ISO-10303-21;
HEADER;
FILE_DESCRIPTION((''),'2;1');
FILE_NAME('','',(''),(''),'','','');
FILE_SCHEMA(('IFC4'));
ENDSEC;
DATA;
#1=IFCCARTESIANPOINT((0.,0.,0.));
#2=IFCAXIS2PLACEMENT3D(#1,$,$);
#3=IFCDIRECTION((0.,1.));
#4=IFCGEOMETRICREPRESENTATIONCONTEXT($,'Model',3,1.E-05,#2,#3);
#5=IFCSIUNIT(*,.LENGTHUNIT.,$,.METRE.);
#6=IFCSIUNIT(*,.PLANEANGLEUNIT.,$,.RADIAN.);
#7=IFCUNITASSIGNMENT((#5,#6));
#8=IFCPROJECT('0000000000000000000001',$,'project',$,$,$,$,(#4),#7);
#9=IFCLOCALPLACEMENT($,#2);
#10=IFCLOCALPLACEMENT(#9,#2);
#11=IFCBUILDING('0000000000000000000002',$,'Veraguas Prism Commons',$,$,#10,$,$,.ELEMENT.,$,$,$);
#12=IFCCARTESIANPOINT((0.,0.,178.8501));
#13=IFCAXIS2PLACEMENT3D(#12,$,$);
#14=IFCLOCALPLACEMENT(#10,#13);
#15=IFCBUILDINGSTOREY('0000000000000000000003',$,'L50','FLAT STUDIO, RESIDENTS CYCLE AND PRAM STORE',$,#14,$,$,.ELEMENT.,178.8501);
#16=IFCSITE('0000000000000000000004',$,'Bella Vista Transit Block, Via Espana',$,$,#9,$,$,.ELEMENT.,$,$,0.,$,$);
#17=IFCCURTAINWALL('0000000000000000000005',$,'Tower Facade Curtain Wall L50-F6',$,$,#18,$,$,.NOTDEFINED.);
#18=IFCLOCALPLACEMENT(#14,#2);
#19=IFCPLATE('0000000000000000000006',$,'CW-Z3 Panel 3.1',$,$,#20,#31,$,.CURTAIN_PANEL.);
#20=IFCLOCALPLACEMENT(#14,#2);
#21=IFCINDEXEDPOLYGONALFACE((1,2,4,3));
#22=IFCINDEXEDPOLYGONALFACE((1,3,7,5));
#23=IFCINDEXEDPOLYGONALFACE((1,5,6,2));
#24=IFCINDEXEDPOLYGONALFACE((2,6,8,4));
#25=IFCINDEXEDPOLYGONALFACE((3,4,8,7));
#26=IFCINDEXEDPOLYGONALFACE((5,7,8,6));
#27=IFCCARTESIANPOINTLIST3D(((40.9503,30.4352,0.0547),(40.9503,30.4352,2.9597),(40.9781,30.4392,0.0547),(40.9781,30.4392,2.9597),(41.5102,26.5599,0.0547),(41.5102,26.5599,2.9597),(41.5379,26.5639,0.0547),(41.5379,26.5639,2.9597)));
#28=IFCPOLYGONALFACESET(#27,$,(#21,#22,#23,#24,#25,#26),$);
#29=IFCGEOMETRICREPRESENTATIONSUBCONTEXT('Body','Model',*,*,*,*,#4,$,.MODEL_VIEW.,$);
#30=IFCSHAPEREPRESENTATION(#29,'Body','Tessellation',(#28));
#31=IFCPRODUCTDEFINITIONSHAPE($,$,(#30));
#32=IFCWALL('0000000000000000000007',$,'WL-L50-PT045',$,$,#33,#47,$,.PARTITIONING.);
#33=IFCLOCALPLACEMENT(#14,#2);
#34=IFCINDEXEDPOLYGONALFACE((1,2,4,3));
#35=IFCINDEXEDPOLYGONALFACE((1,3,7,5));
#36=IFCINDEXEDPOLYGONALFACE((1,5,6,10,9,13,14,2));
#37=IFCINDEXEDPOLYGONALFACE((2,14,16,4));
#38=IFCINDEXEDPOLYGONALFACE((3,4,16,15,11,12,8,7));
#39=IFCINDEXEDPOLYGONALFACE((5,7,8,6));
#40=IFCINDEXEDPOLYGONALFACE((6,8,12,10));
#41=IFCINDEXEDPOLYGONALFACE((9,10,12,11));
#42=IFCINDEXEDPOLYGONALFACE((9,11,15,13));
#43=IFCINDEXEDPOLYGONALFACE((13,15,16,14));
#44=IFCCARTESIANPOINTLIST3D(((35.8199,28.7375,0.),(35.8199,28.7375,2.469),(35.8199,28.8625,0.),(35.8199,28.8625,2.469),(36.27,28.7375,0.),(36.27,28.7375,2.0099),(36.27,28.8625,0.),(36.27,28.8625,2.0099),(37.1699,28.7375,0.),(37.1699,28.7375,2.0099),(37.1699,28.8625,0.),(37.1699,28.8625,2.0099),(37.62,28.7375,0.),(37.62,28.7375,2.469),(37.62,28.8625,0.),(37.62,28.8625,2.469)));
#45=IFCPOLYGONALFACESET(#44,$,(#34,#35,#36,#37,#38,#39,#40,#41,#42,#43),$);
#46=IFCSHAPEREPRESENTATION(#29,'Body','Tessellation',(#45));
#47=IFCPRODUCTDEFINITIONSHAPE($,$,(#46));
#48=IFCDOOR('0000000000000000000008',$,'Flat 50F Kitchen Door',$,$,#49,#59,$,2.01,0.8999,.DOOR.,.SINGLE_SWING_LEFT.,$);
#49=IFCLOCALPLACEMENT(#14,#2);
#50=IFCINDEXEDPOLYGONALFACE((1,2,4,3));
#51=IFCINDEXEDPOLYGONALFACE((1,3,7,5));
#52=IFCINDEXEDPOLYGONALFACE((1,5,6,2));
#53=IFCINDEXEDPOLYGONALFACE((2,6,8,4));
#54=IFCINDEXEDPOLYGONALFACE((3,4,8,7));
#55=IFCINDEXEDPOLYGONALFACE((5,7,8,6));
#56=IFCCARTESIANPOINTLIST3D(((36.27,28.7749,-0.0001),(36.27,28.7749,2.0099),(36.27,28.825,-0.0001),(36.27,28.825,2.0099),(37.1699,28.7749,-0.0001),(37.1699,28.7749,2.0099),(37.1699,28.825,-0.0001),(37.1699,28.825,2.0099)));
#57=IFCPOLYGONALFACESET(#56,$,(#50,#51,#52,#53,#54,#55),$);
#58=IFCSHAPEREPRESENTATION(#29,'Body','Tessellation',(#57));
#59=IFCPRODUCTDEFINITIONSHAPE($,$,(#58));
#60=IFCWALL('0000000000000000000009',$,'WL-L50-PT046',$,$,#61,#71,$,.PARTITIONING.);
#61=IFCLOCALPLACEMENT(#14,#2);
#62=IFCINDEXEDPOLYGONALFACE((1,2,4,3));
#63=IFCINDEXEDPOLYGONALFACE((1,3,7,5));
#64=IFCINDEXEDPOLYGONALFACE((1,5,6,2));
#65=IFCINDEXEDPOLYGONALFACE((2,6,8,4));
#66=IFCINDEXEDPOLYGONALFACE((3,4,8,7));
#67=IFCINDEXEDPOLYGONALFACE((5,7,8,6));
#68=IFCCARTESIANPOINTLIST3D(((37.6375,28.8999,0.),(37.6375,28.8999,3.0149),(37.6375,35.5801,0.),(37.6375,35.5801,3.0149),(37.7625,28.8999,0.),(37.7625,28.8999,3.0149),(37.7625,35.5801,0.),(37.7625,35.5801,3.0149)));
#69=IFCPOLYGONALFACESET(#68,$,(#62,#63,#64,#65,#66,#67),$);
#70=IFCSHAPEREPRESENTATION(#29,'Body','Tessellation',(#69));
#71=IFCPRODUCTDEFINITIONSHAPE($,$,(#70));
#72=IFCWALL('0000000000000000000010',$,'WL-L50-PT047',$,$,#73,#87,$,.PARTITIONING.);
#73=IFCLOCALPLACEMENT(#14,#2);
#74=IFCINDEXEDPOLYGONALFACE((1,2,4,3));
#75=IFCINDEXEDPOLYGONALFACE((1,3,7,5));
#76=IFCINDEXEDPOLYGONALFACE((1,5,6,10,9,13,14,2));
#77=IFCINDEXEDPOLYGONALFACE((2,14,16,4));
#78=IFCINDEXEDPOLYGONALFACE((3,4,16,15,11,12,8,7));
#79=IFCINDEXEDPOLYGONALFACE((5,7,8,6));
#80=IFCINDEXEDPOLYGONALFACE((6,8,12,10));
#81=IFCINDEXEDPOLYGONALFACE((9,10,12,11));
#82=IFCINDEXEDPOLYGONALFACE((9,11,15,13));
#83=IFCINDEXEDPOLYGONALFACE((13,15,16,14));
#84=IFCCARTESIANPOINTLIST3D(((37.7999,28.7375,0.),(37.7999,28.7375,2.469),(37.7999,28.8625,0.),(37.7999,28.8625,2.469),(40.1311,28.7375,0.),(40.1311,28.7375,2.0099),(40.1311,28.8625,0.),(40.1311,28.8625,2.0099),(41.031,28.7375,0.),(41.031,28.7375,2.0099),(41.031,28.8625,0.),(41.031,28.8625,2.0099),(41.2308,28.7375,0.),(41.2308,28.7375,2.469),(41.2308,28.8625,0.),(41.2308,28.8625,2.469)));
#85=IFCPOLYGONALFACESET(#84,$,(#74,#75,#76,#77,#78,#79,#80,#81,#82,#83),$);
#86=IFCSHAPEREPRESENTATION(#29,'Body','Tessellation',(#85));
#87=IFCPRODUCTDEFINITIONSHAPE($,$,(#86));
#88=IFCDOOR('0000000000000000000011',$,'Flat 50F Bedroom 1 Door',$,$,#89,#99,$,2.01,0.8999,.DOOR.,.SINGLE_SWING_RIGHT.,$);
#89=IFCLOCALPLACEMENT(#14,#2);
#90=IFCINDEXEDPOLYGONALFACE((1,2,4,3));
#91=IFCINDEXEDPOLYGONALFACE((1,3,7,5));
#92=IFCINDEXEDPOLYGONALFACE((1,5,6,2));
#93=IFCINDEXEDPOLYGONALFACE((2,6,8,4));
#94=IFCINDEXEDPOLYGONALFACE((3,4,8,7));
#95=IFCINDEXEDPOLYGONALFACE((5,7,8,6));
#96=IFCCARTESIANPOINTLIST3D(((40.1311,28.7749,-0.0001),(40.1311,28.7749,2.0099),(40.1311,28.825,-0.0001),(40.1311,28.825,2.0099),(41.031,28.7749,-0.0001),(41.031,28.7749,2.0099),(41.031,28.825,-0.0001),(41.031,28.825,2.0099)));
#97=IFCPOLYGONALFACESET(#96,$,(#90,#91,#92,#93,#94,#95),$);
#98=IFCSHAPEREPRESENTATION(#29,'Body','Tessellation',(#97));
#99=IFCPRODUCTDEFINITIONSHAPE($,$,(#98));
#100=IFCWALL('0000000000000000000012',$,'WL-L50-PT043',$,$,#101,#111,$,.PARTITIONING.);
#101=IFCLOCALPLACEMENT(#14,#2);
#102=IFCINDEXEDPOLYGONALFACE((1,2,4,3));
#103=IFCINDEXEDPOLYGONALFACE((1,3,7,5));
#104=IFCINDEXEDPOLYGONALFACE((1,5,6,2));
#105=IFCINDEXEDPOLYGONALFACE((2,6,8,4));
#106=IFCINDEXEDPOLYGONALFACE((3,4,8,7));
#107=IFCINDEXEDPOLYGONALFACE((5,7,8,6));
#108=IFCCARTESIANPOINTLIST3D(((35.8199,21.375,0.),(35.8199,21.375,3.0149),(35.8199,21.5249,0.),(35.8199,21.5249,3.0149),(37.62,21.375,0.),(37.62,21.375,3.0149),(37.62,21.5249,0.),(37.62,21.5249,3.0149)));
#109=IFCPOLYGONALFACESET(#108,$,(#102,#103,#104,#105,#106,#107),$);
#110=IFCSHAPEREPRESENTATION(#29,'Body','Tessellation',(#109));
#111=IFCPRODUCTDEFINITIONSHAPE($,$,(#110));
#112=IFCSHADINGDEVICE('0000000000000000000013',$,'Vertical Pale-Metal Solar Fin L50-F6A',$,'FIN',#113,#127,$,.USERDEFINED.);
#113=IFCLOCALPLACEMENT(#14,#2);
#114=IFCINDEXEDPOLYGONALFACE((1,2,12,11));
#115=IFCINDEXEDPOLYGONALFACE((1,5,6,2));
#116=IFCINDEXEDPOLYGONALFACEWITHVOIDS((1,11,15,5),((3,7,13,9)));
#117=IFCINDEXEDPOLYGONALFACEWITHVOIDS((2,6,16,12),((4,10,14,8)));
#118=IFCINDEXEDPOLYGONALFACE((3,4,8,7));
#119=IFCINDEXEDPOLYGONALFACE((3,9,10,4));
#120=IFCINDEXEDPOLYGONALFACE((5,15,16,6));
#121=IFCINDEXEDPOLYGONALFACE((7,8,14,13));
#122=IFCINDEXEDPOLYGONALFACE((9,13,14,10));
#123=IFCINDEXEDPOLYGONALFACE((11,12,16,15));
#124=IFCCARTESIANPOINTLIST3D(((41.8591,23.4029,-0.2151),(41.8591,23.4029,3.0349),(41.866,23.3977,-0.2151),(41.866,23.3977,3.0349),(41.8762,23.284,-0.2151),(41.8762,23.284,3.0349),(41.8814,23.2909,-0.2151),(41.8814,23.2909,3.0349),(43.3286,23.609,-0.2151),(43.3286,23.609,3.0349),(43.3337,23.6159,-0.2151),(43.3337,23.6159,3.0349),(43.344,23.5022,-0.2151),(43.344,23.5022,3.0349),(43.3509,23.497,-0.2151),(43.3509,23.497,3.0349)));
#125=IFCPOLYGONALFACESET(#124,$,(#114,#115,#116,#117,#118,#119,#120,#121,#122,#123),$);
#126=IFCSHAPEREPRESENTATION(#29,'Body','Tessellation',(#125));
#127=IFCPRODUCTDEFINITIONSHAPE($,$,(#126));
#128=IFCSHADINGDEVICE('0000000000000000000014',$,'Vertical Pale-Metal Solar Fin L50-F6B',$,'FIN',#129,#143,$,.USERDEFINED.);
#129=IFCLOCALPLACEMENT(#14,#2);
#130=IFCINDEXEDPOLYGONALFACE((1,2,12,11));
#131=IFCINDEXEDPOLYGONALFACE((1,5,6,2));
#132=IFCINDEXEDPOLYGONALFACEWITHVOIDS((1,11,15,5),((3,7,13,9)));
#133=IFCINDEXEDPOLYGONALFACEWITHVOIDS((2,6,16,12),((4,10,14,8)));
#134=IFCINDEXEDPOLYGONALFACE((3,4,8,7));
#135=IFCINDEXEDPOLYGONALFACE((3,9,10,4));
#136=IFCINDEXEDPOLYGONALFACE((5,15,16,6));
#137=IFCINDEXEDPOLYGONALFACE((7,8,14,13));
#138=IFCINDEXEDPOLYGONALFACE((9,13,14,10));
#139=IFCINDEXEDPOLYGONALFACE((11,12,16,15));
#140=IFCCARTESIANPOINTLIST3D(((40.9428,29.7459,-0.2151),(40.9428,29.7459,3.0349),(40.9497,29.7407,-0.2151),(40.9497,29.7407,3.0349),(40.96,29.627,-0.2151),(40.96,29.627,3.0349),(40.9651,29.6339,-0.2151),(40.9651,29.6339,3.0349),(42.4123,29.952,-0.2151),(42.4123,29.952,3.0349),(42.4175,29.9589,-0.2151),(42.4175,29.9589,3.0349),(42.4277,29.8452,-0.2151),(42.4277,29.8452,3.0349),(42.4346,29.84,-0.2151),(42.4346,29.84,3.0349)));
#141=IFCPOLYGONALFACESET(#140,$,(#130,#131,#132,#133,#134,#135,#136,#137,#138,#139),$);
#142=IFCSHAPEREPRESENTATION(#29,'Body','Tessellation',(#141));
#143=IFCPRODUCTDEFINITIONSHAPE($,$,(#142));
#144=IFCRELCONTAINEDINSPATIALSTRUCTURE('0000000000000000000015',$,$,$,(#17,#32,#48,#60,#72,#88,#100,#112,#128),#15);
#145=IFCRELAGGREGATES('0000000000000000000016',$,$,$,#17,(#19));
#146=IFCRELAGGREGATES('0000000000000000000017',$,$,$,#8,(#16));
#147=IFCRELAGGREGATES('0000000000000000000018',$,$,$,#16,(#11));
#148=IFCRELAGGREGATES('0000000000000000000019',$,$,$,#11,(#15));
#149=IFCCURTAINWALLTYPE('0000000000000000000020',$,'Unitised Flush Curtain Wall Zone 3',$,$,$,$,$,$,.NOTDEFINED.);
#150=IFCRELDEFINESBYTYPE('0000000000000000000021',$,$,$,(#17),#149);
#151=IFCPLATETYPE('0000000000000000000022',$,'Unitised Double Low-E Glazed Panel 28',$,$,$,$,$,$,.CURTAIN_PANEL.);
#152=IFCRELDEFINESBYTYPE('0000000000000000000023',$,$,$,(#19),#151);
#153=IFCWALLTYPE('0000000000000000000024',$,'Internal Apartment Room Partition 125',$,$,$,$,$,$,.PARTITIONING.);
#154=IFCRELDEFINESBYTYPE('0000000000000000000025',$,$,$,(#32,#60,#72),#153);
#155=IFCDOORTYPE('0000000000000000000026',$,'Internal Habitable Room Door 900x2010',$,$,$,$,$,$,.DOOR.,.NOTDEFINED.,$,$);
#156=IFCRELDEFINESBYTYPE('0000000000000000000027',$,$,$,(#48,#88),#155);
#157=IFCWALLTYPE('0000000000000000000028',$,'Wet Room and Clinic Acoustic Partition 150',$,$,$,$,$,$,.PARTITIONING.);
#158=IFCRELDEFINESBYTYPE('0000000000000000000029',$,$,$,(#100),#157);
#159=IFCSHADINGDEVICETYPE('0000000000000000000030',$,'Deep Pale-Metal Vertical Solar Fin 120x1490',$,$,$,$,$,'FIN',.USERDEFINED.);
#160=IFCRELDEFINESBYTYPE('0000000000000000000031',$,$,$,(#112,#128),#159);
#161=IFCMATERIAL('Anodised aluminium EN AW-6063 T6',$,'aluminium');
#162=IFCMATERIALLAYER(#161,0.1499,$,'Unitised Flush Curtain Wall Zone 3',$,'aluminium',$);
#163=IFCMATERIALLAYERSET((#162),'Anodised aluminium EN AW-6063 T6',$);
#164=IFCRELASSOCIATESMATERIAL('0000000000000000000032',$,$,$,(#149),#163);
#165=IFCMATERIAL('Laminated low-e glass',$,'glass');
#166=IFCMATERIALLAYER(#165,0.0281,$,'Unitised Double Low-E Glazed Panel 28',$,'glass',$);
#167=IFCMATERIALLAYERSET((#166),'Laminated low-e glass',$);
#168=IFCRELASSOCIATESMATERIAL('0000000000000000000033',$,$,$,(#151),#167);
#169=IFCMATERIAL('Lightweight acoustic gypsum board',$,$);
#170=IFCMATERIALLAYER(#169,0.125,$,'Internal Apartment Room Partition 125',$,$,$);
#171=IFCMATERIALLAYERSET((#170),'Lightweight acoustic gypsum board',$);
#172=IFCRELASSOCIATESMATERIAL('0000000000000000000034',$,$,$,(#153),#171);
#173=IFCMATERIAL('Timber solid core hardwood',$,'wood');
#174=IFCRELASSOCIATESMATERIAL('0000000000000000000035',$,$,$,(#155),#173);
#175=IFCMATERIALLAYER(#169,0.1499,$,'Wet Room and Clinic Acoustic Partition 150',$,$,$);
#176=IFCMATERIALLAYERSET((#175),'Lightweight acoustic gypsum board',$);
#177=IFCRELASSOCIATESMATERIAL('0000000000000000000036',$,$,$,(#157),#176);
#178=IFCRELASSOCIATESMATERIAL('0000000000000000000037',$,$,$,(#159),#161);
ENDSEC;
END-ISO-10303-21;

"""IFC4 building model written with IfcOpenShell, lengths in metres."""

from ifc_helpers import new_model, si_unit, direction, frame, frame_2d, origin, origin_2d, place, context, subcontext, project, spatial, rectangle, hollow_rectangle, extrude, source, transform, mapped, material, layer, layer_set, material_profile, profile_set, type_object, element, fill, aggregate, save


model = new_model("IFC4")

# Units and contexts
model_context = context("Model", 3, precision=1e-05, world=origin(), true_north=direction((0.0, 1.0)))
body_context = subcontext(model_context, "Body", "Model", "MODEL_VIEW")
ifc_project = project(units=[si_unit("LENGTHUNIT", "METRE"), si_unit("PLANEANGLEUNIT", "RADIAN")], contexts=[model_context])

# Site, building, storey
site_placement = place(None, origin())
site = spatial("IfcSite", under=ifc_project, at=site_placement, Name="Bella Vista Transit Block, Via Espana", CompositionType="ELEMENT", RefElevation=0.0)
building_placement = place(site_placement, origin())
building = spatial("IfcBuilding", under=site, at=building_placement, Name="Veraguas Prism Commons", CompositionType="ELEMENT")
storey_placement = place(building_placement, frame((0.0, 0.0, 178.8501)))
storey = spatial("IfcBuildingStorey", under=building, at=storey_placement, Name="L50", Description="FLAT STUDIO, RESIDENTS CYCLE AND PRAM STORE", CompositionType="ELEMENT", Elevation=178.8501)

# Curtain wall, plate
ifc_material_1 = material(Name="Anodised aluminium EN AW-6063 T6", Category="aluminium")
ifc_layer_1 = layer(ifc_material_1, 0.1499, Name="Unitised Flush Curtain Wall Zone 3", Category="aluminium")
ifc_layer_set_1 = layer_set([ifc_layer_1], Name="Anodised aluminium EN AW-6063 T6")
curtain_wall_type = type_object("IfcCurtainWallType", Name="Unitised Flush Curtain Wall Zone 3", PredefinedType="NOTDEFINED", material=ifc_layer_set_1)
curtain_wall_placement = place(storey_placement, origin())
curtain_wall = element("IfcCurtainWall", 1, at=curtain_wall_placement, inside=storey, type_object=curtain_wall_type, Name="Tower Facade Curtain Wall L50-F6", PredefinedType="NOTDEFINED")
ifc_material_2 = material(Name="Laminated low-e glass", Category="glass")
ifc_layer_2 = layer(ifc_material_2, 0.0281, Name="Unitised Double Low-E Glazed Panel 28", Category="glass")
ifc_layer_set_2 = layer_set([ifc_layer_2], Name="Laminated low-e glass")
plate_type = type_object("IfcPlateType", Name="Unitised Double Low-E Glazed Panel 28", PredefinedType="CURTAIN_PANEL", material=ifc_layer_set_2)
shared_shape_1 = source(origin(), body_context, "Body", "SweptSolid", [
    extrude(rectangle(XDim=3.9155, YDim=0.0281, at=origin_2d()), origin(), (0.0, 0.0, 1.0), 2.905),
])
plate_1_placement = place(storey_placement, frame((41.2441, 28.4995, 0.0547), z_axis=(0.0, 0.0, 1.0), x_axis=(-0.142973, 0.989727, 0.0)))
plate_1 = element("IfcPlate", 2, at=plate_1_placement, type_object=plate_type, Name="CW-Z3 Panel 3.1", PredefinedType="CURTAIN_PANEL", context=body_context, shape_type="MappedRepresentation", body=[
    mapped(shared_shape_1, transform((0.0, 0.0, 0.0), scale=1.0)),
])
aggregate(curtain_wall, [plate_1])

# Wall, opening, door
ifc_material_3 = material(Name="Lightweight acoustic gypsum board")
ifc_layer_3 = layer(ifc_material_3, 0.125, Name="Internal Apartment Room Partition 125")
ifc_layer_set_3 = layer_set([ifc_layer_3], Name="Lightweight acoustic gypsum board")
wall_type_1 = type_object("IfcWallType", Name="Internal Apartment Room Partition 125", PredefinedType="PARTITIONING", material=ifc_layer_set_3)
wall_1_placement = place(storey_placement, frame((35.8201, 28.8, 0.0), z_axis=(0.0, 0.0, 1.0), x_axis=(1.0, 0.0, 0.0)))
wall_1 = element("IfcWall", 3, at=wall_1_placement, inside=storey, type_object=wall_type_1, Name="WL-L50-PT045", PredefinedType="PARTITIONING", context=body_context, shape_type="SweptSolid", body=[
    extrude(rectangle(XDim=1.8, YDim=0.125, at=frame_2d((0.8999, 0.0))), origin(), (0.0, 0.0, 1.0), 2.469),
])
opening_1_placement = place(wall_1_placement, frame((0.45, 0.0, 0.0)))
opening_1 = element("IfcOpeningElement", 4, at=opening_1_placement, cuts=wall_1, PredefinedType="OPENING", context=body_context, shape_type="SweptSolid", body=[
    extrude(rectangle(XDim=0.8999, YDim=2.01, at=frame_2d((0.45, 1.0049))), frame((0.0, 0.0725, 0.0), z_axis=(0.0, -1.0, 0.0), x_axis=(1.0, 0.0, 0.0)), (0.0, 0.0, 1.0), 0.145),
])
ifc_material_4 = material(Name="Timber solid core hardwood", Category="wood")
door_type = type_object("IfcDoorType", Name="Internal Habitable Room Door 900x2010", OperationType="NOTDEFINED", PredefinedType="DOOR", material=ifc_material_4)
shared_shape_2 = source(origin(), body_context, "Body", "SweptSolid", [
    extrude(rectangle(XDim=0.8999, YDim=2.01, at=frame_2d((0.45, 1.0049))), frame((0.0, 0.0249, 0.0), z_axis=(0.0, -1.0, 0.0), x_axis=(1.0, 0.0, 0.0)), (0.0, 0.0, 1.0), 0.05),
])
door_1_placement = place(opening_1_placement, origin())
door_1 = element("IfcDoor", 5, at=door_1_placement, inside=storey, type_object=door_type, Name="Flat 50F Kitchen Door", OperationType="SINGLE_SWING_LEFT", OverallHeight=2.01, OverallWidth=0.8999, PredefinedType="DOOR", context=body_context, shape_type="MappedRepresentation", body=[
    mapped(shared_shape_2, transform((0.0, 0.0, 0.0), scale=1.0)),
])
fill(opening_1, door_1)

# Wall
wall_2_placement = place(storey_placement, frame((37.7, 28.8999, 0.0), z_axis=(0.0, 0.0, 1.0), x_axis=(0.0, 1.0, 0.0)))
element("IfcWall", 6, at=wall_2_placement, inside=storey, type_object=wall_type_1, Name="WL-L50-PT046", PredefinedType="PARTITIONING", context=body_context, shape_type="SweptSolid", body=[
    extrude(rectangle(XDim=6.6802, YDim=0.125, at=frame_2d((3.3401, 0.0))), origin(), (0.0, 0.0, 1.0), 3.0149),
])

# Wall, opening, door
wall_3_placement = place(storey_placement, frame((37.8, 28.8, 0.0), z_axis=(0.0, 0.0, 1.0), x_axis=(1.0, 0.0, 0.0)))
wall_3 = element("IfcWall", 7, at=wall_3_placement, inside=storey, type_object=wall_type_1, Name="WL-L50-PT047", PredefinedType="PARTITIONING", context=body_context, shape_type="SweptSolid", body=[
    extrude(rectangle(XDim=3.4309, YDim=0.125, at=frame_2d((1.7153, 0.0))), origin(), (0.0, 0.0, 1.0), 2.469),
])
opening_2_placement = place(wall_3_placement, frame((2.3311, 0.0, 0.0)))
opening_2 = element("IfcOpeningElement", 8, at=opening_2_placement, cuts=wall_3, PredefinedType="OPENING", context=body_context, shape_type="SweptSolid", body=[
    extrude(rectangle(XDim=0.8999, YDim=2.01, at=frame_2d((0.45, 1.0049))), frame((0.0, 0.0725, 0.0), z_axis=(0.0, -1.0, 0.0), x_axis=(1.0, 0.0, 0.0)), (0.0, 0.0, 1.0), 0.145),
])
door_2_placement = place(opening_2_placement, origin())
door_2 = element("IfcDoor", 9, at=door_2_placement, inside=storey, type_object=door_type, Name="Flat 50F Bedroom 1 Door", OperationType="SINGLE_SWING_RIGHT", OverallHeight=2.01, OverallWidth=0.8999, PredefinedType="DOOR", context=body_context, shape_type="MappedRepresentation", body=[
    mapped(shared_shape_2, transform((0.0, 0.0, 0.0), scale=1.0)),
])
fill(opening_2, door_2)

# Wall
ifc_layer_4 = layer(ifc_material_3, 0.1499, Name="Wet Room and Clinic Acoustic Partition 150")
ifc_layer_set_4 = layer_set([ifc_layer_4], Name="Lightweight acoustic gypsum board")
wall_type_2 = type_object("IfcWallType", Name="Wet Room and Clinic Acoustic Partition 150", PredefinedType="PARTITIONING", material=ifc_layer_set_4)
wall_4_placement = place(storey_placement, frame((35.8201, 21.45, 0.0), z_axis=(0.0, 0.0, 1.0), x_axis=(1.0, 0.0, 0.0)))
element("IfcWall", 10, at=wall_4_placement, inside=storey, type_object=wall_type_2, Name="WL-L50-PT043", PredefinedType="PARTITIONING", context=body_context, shape_type="SweptSolid", body=[
    extrude(rectangle(XDim=1.8, YDim=0.1499, at=frame_2d((0.8999, 0.0))), origin(), (0.0, 0.0, 1.0), 3.0149),
])

# Shading devices
ifc_material_profile_1 = material_profile(ifc_material_1, hollow_rectangle(XDim=0.1201, YDim=1.49, WallThickness=0.0061, at=origin_2d()), Name="FIN120X1490X6")
ifc_profile_set_1 = profile_set([ifc_material_profile_1], Name="Anodised aluminium EN AW-6063 T6")
shading_device_type = type_object("IfcShadingDeviceType", Name="Deep Pale-Metal Vertical Solar Fin 120x1490", ElementType="FIN", PredefinedType="USERDEFINED", material=ifc_profile_set_1)
for number, where, z_axis, x_axis, name in (
    (11, (42.605, 23.45, -0.2151), (0.0, 0.0, 1.0), (-0.142974, 0.989726, 0.0), "Vertical Pale-Metal Solar Fin L50-F6A"),
    (12, (41.6887, 29.793, -0.2151), (0.0, 0.0, 1.0), (-0.142974, 0.989726, 0.0), "Vertical Pale-Metal Solar Fin L50-F6B"),
):
    element("IfcShadingDevice", number, at=place(storey_placement, frame(where, z_axis=z_axis, x_axis=x_axis)), inside=storey, type_object=shading_device_type, Name=name, ObjectType="FIN", PredefinedType="USERDEFINED", context=body_context, shape_type="SweptSolid", body=[
        extrude(hollow_rectangle(XDim=0.1201, YDim=1.49, WallThickness=0.0061, at=origin_2d()), origin(), (0.0, 0.0, 1.0), 3.25),
    ])

save(model, "model.ifc")
